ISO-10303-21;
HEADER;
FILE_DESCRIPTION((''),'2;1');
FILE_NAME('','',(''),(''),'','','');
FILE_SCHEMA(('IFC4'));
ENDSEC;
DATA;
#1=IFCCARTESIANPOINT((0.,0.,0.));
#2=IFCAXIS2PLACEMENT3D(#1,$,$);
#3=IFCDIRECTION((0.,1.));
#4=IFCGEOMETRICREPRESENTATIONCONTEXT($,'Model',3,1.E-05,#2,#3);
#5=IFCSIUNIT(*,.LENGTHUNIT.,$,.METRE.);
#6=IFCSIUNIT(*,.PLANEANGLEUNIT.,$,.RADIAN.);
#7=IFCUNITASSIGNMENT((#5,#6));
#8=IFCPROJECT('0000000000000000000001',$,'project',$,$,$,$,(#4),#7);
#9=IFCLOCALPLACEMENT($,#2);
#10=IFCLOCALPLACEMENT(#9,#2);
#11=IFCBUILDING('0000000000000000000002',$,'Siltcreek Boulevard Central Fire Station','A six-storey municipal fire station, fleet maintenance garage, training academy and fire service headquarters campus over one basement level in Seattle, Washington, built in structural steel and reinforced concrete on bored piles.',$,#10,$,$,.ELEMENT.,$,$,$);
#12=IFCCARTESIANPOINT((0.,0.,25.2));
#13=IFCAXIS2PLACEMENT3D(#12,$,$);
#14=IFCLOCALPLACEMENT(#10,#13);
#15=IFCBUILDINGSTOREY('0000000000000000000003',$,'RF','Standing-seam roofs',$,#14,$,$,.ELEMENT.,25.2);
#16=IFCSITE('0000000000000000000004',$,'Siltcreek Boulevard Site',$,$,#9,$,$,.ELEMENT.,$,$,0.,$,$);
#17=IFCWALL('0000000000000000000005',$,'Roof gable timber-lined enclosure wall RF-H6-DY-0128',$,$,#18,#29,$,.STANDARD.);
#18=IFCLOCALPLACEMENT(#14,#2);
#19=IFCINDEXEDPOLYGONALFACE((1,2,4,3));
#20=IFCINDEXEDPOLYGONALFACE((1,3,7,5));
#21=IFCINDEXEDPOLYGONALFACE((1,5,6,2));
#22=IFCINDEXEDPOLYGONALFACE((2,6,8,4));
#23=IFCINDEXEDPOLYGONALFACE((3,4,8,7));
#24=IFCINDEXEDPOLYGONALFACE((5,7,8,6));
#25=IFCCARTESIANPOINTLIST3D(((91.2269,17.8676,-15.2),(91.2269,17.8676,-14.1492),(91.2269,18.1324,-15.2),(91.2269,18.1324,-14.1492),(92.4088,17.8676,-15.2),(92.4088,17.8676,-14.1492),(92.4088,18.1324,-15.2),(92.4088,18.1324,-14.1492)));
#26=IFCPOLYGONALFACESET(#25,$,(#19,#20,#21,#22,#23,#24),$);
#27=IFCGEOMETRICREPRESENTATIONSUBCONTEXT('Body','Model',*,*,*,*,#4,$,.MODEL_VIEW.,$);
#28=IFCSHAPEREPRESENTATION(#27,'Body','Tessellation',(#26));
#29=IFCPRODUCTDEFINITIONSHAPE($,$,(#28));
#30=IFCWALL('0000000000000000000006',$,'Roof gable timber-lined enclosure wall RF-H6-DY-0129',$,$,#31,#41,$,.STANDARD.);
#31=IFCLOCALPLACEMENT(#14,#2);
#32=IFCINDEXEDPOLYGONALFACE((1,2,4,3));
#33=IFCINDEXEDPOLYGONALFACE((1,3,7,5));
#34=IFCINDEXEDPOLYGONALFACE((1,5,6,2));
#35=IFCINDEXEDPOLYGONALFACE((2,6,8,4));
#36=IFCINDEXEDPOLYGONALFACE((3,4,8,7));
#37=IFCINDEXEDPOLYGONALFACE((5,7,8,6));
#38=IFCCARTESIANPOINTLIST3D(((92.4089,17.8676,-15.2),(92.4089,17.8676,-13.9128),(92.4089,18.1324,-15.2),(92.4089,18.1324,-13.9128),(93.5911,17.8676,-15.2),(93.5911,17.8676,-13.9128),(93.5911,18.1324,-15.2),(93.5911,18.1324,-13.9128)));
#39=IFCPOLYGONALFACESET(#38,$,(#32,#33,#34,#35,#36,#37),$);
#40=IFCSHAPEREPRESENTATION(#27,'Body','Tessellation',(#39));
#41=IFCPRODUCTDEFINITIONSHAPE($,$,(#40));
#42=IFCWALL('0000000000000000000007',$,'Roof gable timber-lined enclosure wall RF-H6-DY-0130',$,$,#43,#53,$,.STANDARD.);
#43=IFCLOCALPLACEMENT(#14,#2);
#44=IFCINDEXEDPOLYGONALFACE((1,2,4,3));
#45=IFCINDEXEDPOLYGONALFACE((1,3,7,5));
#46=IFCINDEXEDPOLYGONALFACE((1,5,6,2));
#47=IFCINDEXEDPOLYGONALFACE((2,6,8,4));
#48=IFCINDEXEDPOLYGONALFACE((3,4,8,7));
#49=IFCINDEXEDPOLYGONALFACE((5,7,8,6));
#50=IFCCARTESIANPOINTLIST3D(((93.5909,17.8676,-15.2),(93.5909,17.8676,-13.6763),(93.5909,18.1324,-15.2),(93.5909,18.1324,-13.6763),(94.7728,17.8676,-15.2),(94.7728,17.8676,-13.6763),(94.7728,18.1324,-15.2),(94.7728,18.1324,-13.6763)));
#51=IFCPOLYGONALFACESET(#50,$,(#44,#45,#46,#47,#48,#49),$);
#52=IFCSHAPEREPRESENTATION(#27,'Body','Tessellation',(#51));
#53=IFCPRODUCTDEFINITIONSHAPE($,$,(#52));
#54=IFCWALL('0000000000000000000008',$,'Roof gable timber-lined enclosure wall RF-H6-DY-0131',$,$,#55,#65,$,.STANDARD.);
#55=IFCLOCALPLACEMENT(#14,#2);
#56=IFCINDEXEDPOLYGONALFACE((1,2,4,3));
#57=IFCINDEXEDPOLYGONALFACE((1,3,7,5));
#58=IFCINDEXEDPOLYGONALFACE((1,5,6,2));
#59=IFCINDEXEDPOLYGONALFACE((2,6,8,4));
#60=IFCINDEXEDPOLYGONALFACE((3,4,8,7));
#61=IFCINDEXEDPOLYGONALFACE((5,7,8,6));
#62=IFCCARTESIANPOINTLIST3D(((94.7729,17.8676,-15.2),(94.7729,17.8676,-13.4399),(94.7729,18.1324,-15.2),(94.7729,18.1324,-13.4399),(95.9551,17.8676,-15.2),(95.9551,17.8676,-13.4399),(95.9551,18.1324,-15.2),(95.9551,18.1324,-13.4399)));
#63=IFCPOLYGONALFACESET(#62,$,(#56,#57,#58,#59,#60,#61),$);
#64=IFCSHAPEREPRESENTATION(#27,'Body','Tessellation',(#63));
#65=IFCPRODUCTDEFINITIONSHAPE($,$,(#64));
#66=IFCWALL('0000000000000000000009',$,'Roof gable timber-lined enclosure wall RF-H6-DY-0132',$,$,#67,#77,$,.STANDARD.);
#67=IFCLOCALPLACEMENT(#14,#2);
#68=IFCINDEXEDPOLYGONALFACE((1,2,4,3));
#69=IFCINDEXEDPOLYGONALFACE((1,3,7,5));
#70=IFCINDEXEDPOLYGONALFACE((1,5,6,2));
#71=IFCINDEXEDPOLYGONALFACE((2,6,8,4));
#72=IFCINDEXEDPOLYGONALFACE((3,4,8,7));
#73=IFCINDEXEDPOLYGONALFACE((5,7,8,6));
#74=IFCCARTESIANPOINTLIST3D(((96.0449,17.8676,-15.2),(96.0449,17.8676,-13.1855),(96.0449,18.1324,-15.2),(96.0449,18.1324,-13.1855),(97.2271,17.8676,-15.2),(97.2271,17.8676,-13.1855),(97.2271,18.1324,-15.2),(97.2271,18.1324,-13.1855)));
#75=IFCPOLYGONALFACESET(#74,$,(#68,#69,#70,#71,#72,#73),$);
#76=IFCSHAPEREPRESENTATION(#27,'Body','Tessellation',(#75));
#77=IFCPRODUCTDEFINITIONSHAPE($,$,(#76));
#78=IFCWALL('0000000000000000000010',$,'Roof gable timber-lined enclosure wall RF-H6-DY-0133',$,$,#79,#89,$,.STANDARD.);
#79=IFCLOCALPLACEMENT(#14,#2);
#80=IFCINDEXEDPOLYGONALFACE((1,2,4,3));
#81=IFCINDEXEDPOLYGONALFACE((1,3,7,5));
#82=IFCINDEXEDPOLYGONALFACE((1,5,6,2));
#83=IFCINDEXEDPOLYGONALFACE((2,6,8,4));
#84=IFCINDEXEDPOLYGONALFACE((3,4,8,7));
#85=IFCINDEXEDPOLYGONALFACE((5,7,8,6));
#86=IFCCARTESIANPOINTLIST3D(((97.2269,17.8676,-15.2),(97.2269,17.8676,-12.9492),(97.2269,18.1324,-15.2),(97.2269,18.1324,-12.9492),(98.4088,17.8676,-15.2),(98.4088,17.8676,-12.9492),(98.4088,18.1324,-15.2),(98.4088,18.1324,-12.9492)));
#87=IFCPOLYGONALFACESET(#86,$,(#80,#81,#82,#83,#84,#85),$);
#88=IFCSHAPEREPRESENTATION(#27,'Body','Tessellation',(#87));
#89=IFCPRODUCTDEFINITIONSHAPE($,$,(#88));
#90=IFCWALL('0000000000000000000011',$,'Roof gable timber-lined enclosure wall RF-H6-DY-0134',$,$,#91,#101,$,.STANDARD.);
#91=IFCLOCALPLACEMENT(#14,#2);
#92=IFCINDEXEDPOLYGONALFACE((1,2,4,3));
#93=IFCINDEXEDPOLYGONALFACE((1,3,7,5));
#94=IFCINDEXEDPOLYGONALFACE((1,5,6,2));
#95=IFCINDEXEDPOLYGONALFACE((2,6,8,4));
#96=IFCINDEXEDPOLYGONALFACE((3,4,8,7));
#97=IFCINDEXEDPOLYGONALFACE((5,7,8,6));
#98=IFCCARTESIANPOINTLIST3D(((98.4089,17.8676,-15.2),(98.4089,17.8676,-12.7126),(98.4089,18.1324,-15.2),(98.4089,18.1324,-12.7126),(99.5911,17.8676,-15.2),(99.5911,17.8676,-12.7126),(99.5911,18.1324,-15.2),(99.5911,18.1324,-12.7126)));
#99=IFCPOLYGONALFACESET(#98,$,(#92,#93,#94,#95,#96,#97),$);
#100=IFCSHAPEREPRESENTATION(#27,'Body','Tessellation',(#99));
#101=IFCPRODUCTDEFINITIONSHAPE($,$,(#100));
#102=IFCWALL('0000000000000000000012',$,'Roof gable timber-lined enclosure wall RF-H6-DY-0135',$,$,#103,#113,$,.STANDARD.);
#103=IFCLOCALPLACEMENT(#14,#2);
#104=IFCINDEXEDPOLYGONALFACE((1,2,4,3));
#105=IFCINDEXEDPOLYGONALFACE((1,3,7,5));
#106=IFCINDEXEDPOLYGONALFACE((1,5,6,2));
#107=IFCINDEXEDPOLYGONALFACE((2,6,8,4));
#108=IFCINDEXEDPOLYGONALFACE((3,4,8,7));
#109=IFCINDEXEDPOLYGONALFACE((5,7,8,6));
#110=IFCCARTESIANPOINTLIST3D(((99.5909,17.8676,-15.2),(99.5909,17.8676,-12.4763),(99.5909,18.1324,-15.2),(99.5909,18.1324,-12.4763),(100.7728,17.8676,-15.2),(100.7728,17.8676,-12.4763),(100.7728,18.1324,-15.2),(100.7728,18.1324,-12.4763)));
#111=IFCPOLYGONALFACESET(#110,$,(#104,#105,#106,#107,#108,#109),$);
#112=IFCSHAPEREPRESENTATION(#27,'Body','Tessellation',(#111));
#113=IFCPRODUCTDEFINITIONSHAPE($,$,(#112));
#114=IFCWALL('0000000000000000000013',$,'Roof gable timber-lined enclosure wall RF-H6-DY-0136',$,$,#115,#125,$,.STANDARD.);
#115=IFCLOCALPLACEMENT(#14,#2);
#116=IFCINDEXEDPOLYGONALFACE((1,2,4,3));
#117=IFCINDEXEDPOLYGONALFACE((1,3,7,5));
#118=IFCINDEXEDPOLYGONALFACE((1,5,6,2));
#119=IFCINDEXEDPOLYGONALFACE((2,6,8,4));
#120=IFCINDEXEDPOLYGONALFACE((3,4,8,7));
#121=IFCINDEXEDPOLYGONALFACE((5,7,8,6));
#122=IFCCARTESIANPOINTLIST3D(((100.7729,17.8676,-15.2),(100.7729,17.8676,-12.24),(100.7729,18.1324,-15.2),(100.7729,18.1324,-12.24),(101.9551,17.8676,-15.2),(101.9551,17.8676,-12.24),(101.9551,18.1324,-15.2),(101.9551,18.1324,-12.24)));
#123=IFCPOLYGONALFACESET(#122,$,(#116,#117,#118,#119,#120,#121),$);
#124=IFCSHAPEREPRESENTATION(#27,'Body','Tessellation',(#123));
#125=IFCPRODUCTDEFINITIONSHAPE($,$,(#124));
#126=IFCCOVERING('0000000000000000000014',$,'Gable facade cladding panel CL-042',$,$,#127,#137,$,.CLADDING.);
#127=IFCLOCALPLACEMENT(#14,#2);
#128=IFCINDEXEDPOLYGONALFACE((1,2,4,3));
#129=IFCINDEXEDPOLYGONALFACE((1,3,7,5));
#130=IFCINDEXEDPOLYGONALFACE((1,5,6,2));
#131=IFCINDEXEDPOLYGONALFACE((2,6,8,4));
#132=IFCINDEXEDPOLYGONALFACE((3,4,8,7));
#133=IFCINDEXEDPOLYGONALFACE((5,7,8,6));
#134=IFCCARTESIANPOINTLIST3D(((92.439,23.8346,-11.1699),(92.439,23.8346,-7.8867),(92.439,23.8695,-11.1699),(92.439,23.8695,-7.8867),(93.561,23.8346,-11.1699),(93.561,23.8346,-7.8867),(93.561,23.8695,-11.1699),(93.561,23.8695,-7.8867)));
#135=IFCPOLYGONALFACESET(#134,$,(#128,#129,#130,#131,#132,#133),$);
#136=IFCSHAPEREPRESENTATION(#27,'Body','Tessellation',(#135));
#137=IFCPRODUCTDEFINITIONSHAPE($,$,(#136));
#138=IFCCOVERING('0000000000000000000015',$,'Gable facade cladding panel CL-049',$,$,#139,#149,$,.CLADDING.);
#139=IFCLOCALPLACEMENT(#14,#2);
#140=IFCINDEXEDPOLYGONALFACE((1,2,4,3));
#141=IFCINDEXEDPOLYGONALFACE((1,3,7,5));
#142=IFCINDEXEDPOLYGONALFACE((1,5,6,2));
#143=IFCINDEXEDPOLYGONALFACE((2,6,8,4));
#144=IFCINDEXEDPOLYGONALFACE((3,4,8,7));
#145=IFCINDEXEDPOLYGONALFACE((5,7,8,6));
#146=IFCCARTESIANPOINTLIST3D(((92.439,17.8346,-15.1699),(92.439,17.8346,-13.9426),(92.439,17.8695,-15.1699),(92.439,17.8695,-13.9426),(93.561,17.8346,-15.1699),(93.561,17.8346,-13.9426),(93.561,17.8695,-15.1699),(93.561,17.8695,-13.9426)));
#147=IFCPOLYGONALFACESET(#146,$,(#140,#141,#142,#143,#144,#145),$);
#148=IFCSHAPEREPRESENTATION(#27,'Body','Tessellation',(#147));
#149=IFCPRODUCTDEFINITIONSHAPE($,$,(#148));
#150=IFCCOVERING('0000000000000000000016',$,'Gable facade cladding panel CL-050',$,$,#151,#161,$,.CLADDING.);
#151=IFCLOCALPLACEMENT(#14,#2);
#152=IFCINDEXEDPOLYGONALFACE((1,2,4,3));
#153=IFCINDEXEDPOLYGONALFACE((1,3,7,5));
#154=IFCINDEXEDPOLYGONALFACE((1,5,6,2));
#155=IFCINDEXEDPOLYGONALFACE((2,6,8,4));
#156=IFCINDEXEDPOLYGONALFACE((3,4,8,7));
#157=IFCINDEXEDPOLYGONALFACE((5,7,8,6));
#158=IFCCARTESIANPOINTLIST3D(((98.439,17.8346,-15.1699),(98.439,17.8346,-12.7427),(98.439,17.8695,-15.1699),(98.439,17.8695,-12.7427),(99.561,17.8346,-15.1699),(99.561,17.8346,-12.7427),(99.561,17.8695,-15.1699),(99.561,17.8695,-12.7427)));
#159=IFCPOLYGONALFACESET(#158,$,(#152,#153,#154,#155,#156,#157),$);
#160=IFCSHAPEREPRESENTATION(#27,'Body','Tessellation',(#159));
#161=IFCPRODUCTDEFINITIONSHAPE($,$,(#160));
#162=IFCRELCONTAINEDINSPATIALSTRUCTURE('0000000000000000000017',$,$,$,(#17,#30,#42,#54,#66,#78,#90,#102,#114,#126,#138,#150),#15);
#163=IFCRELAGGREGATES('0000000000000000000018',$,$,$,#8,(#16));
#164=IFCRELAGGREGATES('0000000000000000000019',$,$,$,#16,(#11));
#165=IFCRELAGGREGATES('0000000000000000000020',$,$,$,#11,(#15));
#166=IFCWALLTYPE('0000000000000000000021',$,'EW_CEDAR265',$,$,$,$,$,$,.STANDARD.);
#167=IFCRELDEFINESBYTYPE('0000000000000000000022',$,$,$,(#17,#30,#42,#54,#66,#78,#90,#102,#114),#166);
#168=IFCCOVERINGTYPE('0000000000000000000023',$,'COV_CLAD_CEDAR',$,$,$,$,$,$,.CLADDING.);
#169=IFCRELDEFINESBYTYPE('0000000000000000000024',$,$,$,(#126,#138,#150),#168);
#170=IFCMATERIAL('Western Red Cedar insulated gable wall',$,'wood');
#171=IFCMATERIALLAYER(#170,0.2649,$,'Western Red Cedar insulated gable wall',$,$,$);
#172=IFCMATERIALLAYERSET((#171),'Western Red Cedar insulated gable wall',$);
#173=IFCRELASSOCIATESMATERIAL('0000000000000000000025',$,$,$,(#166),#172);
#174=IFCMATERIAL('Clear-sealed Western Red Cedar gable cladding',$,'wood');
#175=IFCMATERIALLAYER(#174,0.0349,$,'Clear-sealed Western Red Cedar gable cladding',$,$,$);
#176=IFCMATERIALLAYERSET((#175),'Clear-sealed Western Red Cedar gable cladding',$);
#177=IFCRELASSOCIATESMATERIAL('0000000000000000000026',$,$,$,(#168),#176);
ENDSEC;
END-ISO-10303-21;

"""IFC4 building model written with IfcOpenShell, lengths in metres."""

from ifc_helpers import new_model, si_unit, direction, frame, frame_2d, origin, origin_2d, place, context, subcontext, project, spatial, rectangle, extrude, material, layer, layer_set, type_object, element, save


model = new_model("IFC4")

# Units and contexts
model_context = context("Model", 3, precision=1e-05, world=origin(), true_north=direction((0.0, 1.0)))
body_context = subcontext(model_context, "Body", "Model", "MODEL_VIEW")
ifc_project = project(units=[si_unit("LENGTHUNIT", "METRE"), si_unit("PLANEANGLEUNIT", "RADIAN")], contexts=[model_context])

# Site, building, storey
site_placement = place(None, origin())
site = spatial("IfcSite", under=ifc_project, at=site_placement, Name="Siltcreek Boulevard Site", CompositionType="ELEMENT", RefElevation=0.0)
building_placement = place(site_placement, origin())
building = spatial("IfcBuilding", under=site, at=building_placement, Name="Siltcreek Boulevard Central Fire Station", Description="A six-storey municipal fire station, fleet maintenance garage, training academy and fire service headquarters campus over one basement level in Seattle, Washington, built in structural steel and reinforced concrete on bored piles.", CompositionType="ELEMENT")
storey_placement = place(building_placement, frame((0.0, 0.0, 25.2)))
storey = spatial("IfcBuildingStorey", under=building, at=storey_placement, Name="RF", Description="Standing-seam roofs", CompositionType="ELEMENT", Elevation=25.2)

# Walls
ifc_material_1 = material(Name="Western Red Cedar insulated gable wall", Category="wood")
ifc_layer_1 = layer(ifc_material_1, 0.2649, Name="Western Red Cedar insulated gable wall")
ifc_layer_set_1 = layer_set([ifc_layer_1], Name="Western Red Cedar insulated gable wall")
wall_type = type_object("IfcWallType", Name="EW_CEDAR265", PredefinedType="STANDARD", material=ifc_layer_set_1)
wall_1_placement = place(storey_placement, frame((91.2271, 18.0, -15.2), z_axis=(0.0, 0.0, 1.0), x_axis=(1.0, 0.0, 0.0)))
element("IfcWall", 1, at=wall_1_placement, inside=storey, type_object=wall_type, Name="Roof gable timber-lined enclosure wall RF-H6-DY-0128", PredefinedType="STANDARD", context=body_context, shape_type="SweptSolid", body=[
    extrude(rectangle(XDim=1.1819, YDim=0.2649, at=frame_2d((0.5908, 0.0))), origin(), (0.0, 0.0, 1.0), 1.0508),
])
wall_2_placement = place(storey_placement, frame((92.4089, 18.0, -15.2), z_axis=(0.0, 0.0, 1.0), x_axis=(1.0, 0.0, 0.0)))
element("IfcWall", 2, at=wall_2_placement, inside=storey, type_object=wall_type, Name="Roof gable timber-lined enclosure wall RF-H6-DY-0129", PredefinedType="STANDARD", context=body_context, shape_type="SweptSolid", body=[
    extrude(rectangle(XDim=1.1821, YDim=0.2649, at=frame_2d((0.5911, 0.0))), origin(), (0.0, 0.0, 1.0), 1.2871),
])
wall_3_placement = place(storey_placement, frame((93.5911, 18.0, -15.2), z_axis=(0.0, 0.0, 1.0), x_axis=(1.0, 0.0, 0.0)))
element("IfcWall", 3, at=wall_3_placement, inside=storey, type_object=wall_type, Name="Roof gable timber-lined enclosure wall RF-H6-DY-0130", PredefinedType="STANDARD", context=body_context, shape_type="SweptSolid", body=[
    extrude(rectangle(XDim=1.1819, YDim=0.2649, at=frame_2d((0.5908, 0.0))), origin(), (0.0, 0.0, 1.0), 1.5237),
])
wall_4_placement = place(storey_placement, frame((94.7729, 18.0, -15.2), z_axis=(0.0, 0.0, 1.0), x_axis=(1.0, 0.0, 0.0)))
element("IfcWall", 4, at=wall_4_placement, inside=storey, type_object=wall_type, Name="Roof gable timber-lined enclosure wall RF-H6-DY-0131", PredefinedType="STANDARD", context=body_context, shape_type="SweptSolid", body=[
    extrude(rectangle(XDim=1.1821, YDim=0.2649, at=frame_2d((0.5911, 0.0))), origin(), (0.0, 0.0, 1.0), 1.76),
])
wall_5_placement = place(storey_placement, frame((96.0449, 18.0, -15.2), z_axis=(0.0, 0.0, 1.0), x_axis=(1.0, 0.0, 0.0)))
element("IfcWall", 5, at=wall_5_placement, inside=storey, type_object=wall_type, Name="Roof gable timber-lined enclosure wall RF-H6-DY-0132", PredefinedType="STANDARD", context=body_context, shape_type="SweptSolid", body=[
    extrude(rectangle(XDim=1.1821, YDim=0.2649, at=frame_2d((0.5911, 0.0))), origin(), (0.0, 0.0, 1.0), 2.0144),
])
wall_6_placement = place(storey_placement, frame((97.2271, 18.0, -15.2), z_axis=(0.0, 0.0, 1.0), x_axis=(1.0, 0.0, 0.0)))
element("IfcWall", 6, at=wall_6_placement, inside=storey, type_object=wall_type, Name="Roof gable timber-lined enclosure wall RF-H6-DY-0133", PredefinedType="STANDARD", context=body_context, shape_type="SweptSolid", body=[
    extrude(rectangle(XDim=1.1819, YDim=0.2649, at=frame_2d((0.5908, 0.0))), origin(), (0.0, 0.0, 1.0), 2.2507),
])
wall_7_placement = place(storey_placement, frame((98.4089, 18.0, -15.2), z_axis=(0.0, 0.0, 1.0), x_axis=(1.0, 0.0, 0.0)))
element("IfcWall", 7, at=wall_7_placement, inside=storey, type_object=wall_type, Name="Roof gable timber-lined enclosure wall RF-H6-DY-0134", PredefinedType="STANDARD", context=body_context, shape_type="SweptSolid", body=[
    extrude(rectangle(XDim=1.1821, YDim=0.2649, at=frame_2d((0.5911, 0.0))), origin(), (0.0, 0.0, 1.0), 2.4873),
])
wall_8_placement = place(storey_placement, frame((99.5911, 18.0, -15.2), z_axis=(0.0, 0.0, 1.0), x_axis=(1.0, 0.0, 0.0)))
element("IfcWall", 8, at=wall_8_placement, inside=storey, type_object=wall_type, Name="Roof gable timber-lined enclosure wall RF-H6-DY-0135", PredefinedType="STANDARD", context=body_context, shape_type="SweptSolid", body=[
    extrude(rectangle(XDim=1.1819, YDim=0.2649, at=frame_2d((0.5908, 0.0))), origin(), (0.0, 0.0, 1.0), 2.7236),
])
wall_9_placement = place(storey_placement, frame((100.7729, 18.0, -15.2), z_axis=(0.0, 0.0, 1.0), x_axis=(1.0, 0.0, 0.0)))
element("IfcWall", 9, at=wall_9_placement, inside=storey, type_object=wall_type, Name="Roof gable timber-lined enclosure wall RF-H6-DY-0136", PredefinedType="STANDARD", context=body_context, shape_type="SweptSolid", body=[
    extrude(rectangle(XDim=1.1821, YDim=0.2649, at=frame_2d((0.5911, 0.0))), origin(), (0.0, 0.0, 1.0), 2.96),
])

# Coverings
ifc_material_2 = material(Name="Clear-sealed Western Red Cedar gable cladding", Category="wood")
ifc_layer_2 = layer(ifc_material_2, 0.0349, Name="Clear-sealed Western Red Cedar gable cladding")
ifc_layer_set_2 = layer_set([ifc_layer_2], Name="Clear-sealed Western Red Cedar gable cladding")
covering_type = type_object("IfcCoveringType", Name="COV_CLAD_CEDAR", PredefinedType="CLADDING", material=ifc_layer_set_2)
covering_1_placement = place(storey_placement, frame((93.0, 23.8521, -11.1699), z_axis=(0.0, 0.0, 1.0), x_axis=(1.0, 0.0, 0.0)))
element("IfcCovering", 10, at=covering_1_placement, inside=storey, type_object=covering_type, Name="Gable facade cladding panel CL-042", PredefinedType="CLADDING", context=body_context, shape_type="SweptSolid", body=[
    extrude(rectangle(XDim=1.1221, YDim=0.0349, at=origin_2d()), origin(), (0.0, 0.0, 1.0), 3.2832),
])
covering_2_placement = place(storey_placement, frame((93.0, 17.8521, -15.1699), z_axis=(0.0, 0.0, 1.0), x_axis=(1.0, 0.0, 0.0)))
element("IfcCovering", 11, at=covering_2_placement, inside=storey, type_object=covering_type, Name="Gable facade cladding panel CL-049", PredefinedType="CLADDING", context=body_context, shape_type="SweptSolid", body=[
    extrude(rectangle(XDim=1.1221, YDim=0.0349, at=origin_2d()), origin(), (0.0, 0.0, 1.0), 1.2273),
])
covering_3_placement = place(storey_placement, frame((99.0, 17.8521, -15.1699), z_axis=(0.0, 0.0, 1.0), x_axis=(1.0, 0.0, 0.0)))
element("IfcCovering", 12, at=covering_3_placement, inside=storey, type_object=covering_type, Name="Gable facade cladding panel CL-050", PredefinedType="CLADDING", context=body_context, shape_type="SweptSolid", body=[
    extrude(rectangle(XDim=1.1221, YDim=0.0349, at=origin_2d()), origin(), (0.0, 0.0, 1.0), 2.4272),
])

save(model, "model.ifc")
